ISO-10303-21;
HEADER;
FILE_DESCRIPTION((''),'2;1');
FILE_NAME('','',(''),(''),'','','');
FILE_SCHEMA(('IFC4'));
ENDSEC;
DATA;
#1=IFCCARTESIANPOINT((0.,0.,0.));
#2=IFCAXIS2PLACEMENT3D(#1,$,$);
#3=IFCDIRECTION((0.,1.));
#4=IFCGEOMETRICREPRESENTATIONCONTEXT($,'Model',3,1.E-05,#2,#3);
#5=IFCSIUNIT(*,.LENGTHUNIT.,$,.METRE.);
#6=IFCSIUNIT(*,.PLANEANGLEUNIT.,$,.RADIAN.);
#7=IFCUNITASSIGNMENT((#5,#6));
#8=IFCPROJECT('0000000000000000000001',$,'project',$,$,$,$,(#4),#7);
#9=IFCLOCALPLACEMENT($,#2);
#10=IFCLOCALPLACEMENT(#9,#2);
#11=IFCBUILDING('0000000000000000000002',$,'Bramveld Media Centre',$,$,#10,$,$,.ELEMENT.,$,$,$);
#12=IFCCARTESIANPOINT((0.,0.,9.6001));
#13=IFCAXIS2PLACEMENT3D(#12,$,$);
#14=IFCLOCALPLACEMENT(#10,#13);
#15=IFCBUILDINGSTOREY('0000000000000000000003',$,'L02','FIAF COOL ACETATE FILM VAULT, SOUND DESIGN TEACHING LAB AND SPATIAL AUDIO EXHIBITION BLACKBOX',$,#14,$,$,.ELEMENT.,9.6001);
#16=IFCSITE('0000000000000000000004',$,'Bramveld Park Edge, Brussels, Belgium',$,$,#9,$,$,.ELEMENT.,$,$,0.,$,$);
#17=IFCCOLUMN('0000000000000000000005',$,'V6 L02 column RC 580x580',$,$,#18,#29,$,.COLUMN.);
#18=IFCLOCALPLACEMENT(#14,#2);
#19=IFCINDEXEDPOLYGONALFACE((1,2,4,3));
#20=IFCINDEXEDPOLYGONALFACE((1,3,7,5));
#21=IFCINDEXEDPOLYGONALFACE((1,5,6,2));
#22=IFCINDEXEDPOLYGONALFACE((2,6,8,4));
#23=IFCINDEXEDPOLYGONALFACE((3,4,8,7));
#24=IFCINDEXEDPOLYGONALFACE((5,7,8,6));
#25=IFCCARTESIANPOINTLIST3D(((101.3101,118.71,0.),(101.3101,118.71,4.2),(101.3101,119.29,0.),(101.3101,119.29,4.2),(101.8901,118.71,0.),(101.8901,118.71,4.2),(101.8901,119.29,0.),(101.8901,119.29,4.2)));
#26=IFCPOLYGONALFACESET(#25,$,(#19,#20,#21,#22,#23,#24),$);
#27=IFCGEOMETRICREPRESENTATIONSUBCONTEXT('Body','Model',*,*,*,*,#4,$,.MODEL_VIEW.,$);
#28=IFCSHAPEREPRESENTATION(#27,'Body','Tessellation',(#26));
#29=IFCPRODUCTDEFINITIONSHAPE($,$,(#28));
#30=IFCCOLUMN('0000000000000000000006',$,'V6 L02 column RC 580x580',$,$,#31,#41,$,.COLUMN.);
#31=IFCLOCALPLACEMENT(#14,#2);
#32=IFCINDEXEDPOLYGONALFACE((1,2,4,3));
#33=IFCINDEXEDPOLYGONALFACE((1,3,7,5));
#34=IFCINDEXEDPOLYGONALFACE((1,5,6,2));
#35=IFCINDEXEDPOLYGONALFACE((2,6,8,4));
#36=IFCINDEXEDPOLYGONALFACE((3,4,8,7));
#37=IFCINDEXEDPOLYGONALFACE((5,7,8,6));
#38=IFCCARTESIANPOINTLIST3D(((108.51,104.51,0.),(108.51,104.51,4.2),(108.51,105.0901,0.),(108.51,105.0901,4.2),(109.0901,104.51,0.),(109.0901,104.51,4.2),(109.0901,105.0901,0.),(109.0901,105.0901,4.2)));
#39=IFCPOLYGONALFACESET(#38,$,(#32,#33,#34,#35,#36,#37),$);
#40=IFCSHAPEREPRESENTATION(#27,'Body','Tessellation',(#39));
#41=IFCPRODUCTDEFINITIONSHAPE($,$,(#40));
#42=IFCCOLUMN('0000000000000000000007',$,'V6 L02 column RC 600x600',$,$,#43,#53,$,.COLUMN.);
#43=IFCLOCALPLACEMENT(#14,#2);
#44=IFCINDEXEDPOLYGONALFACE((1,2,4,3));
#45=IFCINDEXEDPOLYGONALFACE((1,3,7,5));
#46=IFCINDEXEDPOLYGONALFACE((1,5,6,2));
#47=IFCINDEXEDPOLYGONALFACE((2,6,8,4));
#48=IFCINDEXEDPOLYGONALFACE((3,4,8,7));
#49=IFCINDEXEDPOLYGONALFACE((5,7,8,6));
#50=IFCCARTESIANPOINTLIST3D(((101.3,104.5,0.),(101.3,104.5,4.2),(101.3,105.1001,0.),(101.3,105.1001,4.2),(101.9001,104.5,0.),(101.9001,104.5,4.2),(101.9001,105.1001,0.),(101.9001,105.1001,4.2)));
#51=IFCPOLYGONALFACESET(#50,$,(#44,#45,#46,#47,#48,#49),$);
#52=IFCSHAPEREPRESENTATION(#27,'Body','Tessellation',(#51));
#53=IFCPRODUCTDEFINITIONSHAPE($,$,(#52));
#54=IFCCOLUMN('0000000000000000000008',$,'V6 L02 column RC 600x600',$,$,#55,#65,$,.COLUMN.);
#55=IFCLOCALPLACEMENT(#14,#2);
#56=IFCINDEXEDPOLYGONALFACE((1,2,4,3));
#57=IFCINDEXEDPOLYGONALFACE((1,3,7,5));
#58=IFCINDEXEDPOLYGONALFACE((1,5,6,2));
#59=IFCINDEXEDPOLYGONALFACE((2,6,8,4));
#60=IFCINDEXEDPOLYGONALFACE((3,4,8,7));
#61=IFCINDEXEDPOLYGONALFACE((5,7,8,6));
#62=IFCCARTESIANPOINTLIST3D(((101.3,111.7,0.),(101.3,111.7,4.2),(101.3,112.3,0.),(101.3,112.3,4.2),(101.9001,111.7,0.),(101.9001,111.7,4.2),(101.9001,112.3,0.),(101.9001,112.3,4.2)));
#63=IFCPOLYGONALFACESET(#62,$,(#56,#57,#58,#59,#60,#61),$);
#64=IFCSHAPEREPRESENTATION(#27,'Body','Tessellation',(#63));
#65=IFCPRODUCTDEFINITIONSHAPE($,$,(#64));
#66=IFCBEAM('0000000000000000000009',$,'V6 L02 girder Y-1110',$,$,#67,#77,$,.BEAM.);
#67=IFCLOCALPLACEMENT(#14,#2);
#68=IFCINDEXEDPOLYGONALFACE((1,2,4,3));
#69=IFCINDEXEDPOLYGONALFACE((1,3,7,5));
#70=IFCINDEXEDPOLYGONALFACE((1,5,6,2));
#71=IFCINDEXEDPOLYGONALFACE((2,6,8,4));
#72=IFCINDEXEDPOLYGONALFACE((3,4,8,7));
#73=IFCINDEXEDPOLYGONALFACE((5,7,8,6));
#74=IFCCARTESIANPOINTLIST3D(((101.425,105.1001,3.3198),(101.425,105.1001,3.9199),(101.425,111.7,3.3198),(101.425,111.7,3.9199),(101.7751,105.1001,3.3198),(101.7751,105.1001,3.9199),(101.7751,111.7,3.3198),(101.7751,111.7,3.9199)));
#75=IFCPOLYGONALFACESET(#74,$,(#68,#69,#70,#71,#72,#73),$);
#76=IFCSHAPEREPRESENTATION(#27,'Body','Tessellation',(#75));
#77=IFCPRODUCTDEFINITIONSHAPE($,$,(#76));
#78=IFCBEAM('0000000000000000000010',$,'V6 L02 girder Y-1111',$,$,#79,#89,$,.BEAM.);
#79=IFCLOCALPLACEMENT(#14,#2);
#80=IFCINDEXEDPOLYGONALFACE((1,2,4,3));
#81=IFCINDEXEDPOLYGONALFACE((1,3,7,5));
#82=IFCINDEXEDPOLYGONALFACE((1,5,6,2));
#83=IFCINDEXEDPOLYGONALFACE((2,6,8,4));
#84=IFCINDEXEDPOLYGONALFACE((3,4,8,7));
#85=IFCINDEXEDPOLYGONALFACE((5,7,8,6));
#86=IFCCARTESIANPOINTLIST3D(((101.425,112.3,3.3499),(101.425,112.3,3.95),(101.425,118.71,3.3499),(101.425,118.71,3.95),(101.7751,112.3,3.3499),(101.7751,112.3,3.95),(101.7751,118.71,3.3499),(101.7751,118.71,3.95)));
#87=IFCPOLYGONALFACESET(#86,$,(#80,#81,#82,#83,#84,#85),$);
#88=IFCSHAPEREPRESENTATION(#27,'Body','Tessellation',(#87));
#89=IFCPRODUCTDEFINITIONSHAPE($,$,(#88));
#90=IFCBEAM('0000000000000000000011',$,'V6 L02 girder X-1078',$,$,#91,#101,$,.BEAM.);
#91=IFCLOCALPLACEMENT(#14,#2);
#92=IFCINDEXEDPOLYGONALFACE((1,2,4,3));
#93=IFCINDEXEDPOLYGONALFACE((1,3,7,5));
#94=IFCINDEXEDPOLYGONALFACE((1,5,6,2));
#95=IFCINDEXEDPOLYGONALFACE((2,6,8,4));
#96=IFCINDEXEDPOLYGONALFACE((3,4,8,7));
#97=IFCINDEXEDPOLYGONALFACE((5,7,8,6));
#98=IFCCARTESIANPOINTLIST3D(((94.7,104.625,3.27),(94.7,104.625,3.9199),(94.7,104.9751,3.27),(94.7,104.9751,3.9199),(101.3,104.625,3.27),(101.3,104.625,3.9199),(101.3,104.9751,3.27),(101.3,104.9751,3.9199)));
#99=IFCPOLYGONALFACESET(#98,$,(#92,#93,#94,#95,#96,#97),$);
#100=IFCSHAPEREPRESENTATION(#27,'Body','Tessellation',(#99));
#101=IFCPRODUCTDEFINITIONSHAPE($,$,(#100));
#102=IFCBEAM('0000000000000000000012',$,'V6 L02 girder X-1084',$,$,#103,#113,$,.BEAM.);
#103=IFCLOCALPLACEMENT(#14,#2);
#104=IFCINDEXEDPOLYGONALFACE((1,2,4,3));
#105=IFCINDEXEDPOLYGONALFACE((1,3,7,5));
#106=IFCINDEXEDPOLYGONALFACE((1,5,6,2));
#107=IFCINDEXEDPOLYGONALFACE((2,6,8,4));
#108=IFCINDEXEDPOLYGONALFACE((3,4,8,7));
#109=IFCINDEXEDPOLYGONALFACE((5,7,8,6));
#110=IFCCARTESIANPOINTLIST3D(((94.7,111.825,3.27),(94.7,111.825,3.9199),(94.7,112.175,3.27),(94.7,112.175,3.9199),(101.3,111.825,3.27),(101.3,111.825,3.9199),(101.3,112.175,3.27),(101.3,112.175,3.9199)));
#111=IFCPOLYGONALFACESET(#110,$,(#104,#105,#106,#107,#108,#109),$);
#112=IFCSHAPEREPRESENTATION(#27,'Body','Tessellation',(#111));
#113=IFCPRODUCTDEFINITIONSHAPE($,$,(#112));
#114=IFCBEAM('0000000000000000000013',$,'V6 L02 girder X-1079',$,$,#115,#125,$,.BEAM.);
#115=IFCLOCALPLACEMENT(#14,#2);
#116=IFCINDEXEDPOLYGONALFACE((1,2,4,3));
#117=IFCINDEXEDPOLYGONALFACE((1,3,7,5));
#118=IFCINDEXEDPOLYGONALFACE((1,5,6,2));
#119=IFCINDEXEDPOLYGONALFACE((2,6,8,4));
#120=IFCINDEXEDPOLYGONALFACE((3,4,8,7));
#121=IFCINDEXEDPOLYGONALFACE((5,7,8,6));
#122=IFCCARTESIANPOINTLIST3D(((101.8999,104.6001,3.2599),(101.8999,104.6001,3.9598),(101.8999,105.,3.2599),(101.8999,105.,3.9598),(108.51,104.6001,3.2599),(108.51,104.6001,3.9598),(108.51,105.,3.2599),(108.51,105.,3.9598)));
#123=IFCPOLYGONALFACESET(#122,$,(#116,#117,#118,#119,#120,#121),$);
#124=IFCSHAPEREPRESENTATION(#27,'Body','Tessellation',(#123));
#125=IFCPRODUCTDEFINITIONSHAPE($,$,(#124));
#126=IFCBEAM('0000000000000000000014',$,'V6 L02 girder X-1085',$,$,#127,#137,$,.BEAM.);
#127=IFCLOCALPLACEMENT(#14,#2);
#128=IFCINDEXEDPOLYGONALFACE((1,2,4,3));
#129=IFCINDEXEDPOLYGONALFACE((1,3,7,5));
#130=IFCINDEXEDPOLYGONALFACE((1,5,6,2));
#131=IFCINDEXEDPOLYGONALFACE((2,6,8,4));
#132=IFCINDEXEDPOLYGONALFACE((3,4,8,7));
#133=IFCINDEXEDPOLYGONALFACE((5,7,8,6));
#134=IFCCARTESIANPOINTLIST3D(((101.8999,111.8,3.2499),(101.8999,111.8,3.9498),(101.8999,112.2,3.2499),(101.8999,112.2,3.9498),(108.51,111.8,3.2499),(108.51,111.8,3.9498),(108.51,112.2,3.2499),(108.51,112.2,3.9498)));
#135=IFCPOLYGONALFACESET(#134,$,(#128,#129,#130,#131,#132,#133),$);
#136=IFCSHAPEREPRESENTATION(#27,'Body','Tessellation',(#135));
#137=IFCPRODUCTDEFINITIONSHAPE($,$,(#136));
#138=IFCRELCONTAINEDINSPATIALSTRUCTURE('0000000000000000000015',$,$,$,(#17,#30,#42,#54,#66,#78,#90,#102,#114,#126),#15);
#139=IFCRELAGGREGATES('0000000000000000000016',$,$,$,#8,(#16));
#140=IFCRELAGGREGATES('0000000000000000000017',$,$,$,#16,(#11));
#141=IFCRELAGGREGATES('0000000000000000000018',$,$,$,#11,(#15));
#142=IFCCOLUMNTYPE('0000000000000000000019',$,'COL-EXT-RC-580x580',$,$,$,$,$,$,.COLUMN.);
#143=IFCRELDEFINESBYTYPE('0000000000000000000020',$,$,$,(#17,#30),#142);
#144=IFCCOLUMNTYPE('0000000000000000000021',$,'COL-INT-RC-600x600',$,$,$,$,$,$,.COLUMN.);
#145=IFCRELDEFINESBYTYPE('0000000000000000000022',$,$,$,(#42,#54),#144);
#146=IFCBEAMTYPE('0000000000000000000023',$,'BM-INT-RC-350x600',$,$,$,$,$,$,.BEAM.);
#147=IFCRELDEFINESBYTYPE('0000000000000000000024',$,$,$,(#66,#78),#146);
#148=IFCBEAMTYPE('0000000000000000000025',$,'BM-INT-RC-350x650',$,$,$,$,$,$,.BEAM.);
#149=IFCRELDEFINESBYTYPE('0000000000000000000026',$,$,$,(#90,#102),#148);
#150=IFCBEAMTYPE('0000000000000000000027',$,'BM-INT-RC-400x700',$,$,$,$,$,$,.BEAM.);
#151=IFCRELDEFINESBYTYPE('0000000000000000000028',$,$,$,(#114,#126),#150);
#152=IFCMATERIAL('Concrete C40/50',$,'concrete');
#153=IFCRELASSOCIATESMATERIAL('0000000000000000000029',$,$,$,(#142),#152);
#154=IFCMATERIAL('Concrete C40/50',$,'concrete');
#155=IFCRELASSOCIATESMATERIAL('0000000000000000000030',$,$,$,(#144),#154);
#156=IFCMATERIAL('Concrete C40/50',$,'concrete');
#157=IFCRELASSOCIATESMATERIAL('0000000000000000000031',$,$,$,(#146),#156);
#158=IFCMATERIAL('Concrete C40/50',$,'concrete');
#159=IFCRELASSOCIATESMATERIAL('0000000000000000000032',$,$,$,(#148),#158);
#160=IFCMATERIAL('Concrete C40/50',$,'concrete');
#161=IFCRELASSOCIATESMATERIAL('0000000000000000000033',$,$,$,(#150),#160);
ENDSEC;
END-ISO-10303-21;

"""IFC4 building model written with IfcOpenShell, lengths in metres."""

from ifc_helpers import new_model, si_unit, direction, frame, origin, origin_2d, place, context, subcontext, project, spatial, rectangle, extrude, material, material_profile, profile_set, type_object, element, save


model = new_model("IFC4")

# Units and contexts
model_context = context("Model", 3, precision=1e-05, world=origin(), true_north=direction((0.0, 1.0)))
body_context = subcontext(model_context, "Body", "Model", "MODEL_VIEW")
ifc_project = project(units=[si_unit("LENGTHUNIT", "METRE"), si_unit("PLANEANGLEUNIT", "RADIAN")], contexts=[model_context])

# Site, building, storey
site_placement = place(None, origin())
site = spatial("IfcSite", under=ifc_project, at=site_placement, Name="Bramveld Park Edge, Brussels, Belgium", CompositionType="ELEMENT", RefElevation=0.0)
building_placement = place(site_placement, origin())
building = spatial("IfcBuilding", under=site, at=building_placement, Name="Bramveld Media Centre", CompositionType="ELEMENT")
storey_placement = place(building_placement, frame((0.0, 0.0, 9.6001)))
storey = spatial("IfcBuildingStorey", under=building, at=storey_placement, Name="L02", Description="FIAF COOL ACETATE FILM VAULT, SOUND DESIGN TEACHING LAB AND SPATIAL AUDIO EXHIBITION BLACKBOX", CompositionType="ELEMENT", Elevation=9.6001)

# Columns
ifc_material_1 = material(Name="Concrete C40/50", Category="concrete")
ifc_material_profile_1 = material_profile(ifc_material_1, rectangle(XDim=0.5801, YDim=0.5801, at=origin_2d()), Name="RC 580x580")
ifc_profile_set_1 = profile_set([ifc_material_profile_1], Name="Concrete C40/50")
column_type_1 = type_object("IfcColumnType", Name="COL-EXT-RC-580x580", PredefinedType="COLUMN", material=ifc_profile_set_1)
for number, where, z_axis, x_axis, name in (
    (1, (101.6001, 119.0, 0.0), (0.0, 0.0, 1.0), (1.0, 0.0, 0.0), "V6 L02 column RC 580x580"),
    (2, (108.8, 104.8, 0.0), (0.0, 0.0, 1.0), (1.0, 0.0, 0.0), "V6 L02 column RC 580x580"),
):
    element("IfcColumn", number, at=place(storey_placement, frame(where, z_axis=z_axis, x_axis=x_axis)), inside=storey, type_object=column_type_1, Name=name, PredefinedType="COLUMN", context=body_context, shape_type="SweptSolid", body=[
        extrude(rectangle(XDim=0.5801, YDim=0.5801, at=origin_2d()), origin(), (0.0, 0.0, 1.0), 4.2),
    ])
ifc_material_2 = material(Name="Concrete C40/50", Category="concrete")
ifc_material_profile_2 = material_profile(ifc_material_2, rectangle(XDim=0.6001, YDim=0.6001, at=origin_2d()), Name="RC 600x600")
ifc_profile_set_2 = profile_set([ifc_material_profile_2], Name="Concrete C40/50")
column_type_2 = type_object("IfcColumnType", Name="COL-INT-RC-600x600", PredefinedType="COLUMN", material=ifc_profile_set_2)
for number, where, z_axis, x_axis, name in (
    (3, (101.6001, 104.8, 0.0), (0.0, 0.0, 1.0), (1.0, 0.0, 0.0), "V6 L02 column RC 600x600"),
    (4, (101.6001, 112.0, 0.0), (0.0, 0.0, 1.0), (1.0, 0.0, 0.0), "V6 L02 column RC 600x600"),
):
    element("IfcColumn", number, at=place(storey_placement, frame(where, z_axis=z_axis, x_axis=x_axis)), inside=storey, type_object=column_type_2, Name=name, PredefinedType="COLUMN", context=body_context, shape_type="SweptSolid", body=[
        extrude(rectangle(XDim=0.6001, YDim=0.6001, at=origin_2d()), origin(), (0.0, 0.0, 1.0), 4.2),
    ])

# Beams
ifc_material_3 = material(Name="Concrete C40/50", Category="concrete")
ifc_material_profile_3 = material_profile(ifc_material_3, rectangle(XDim=0.3501, YDim=0.6001, at=origin_2d()), Name="RC 350x600")
ifc_profile_set_3 = profile_set([ifc_material_profile_3], Name="Concrete C40/50")
beam_type_1 = type_object("IfcBeamType", Name="BM-INT-RC-350x600", PredefinedType="BEAM", material=ifc_profile_set_3)
beam_1_placement = place(storey_placement, frame((101.6001, 105.1001, 3.6199), z_axis=(0.0, 1.0, 0.0), x_axis=(-1.0, 0.0, 0.0)))
element("IfcBeam", 5, at=beam_1_placement, inside=storey, type_object=beam_type_1, Name="V6 L02 girder Y-1110", PredefinedType="BEAM", context=body_context, shape_type="SweptSolid", body=[
    extrude(rectangle(XDim=0.3501, YDim=0.6001, at=origin_2d()), origin(), (0.0, 0.0, 1.0), 6.5999),
])
beam_2_placement = place(storey_placement, frame((101.6001, 112.3, 3.6499), z_axis=(0.0, 1.0, 0.0), x_axis=(-1.0, 0.0, 0.0)))
element("IfcBeam", 6, at=beam_2_placement, inside=storey, type_object=beam_type_1, Name="V6 L02 girder Y-1111", PredefinedType="BEAM", context=body_context, shape_type="SweptSolid", body=[
    extrude(rectangle(XDim=0.3501, YDim=0.6001, at=origin_2d()), origin(), (0.0, 0.0, 1.0), 6.4099),
])
ifc_material_4 = material(Name="Concrete C40/50", Category="concrete")
ifc_material_profile_4 = material_profile(ifc_material_4, rectangle(XDim=0.3501, YDim=0.6499, at=origin_2d()), Name="RC 350x650")
ifc_profile_set_4 = profile_set([ifc_material_profile_4], Name="Concrete C40/50")
beam_type_2 = type_object("IfcBeamType", Name="BM-INT-RC-350x650", PredefinedType="BEAM", material=ifc_profile_set_4)
for number, where, z_axis, x_axis, name in (
    (7, (94.7, 104.8, 3.595), (1.0, 0.0, 0.0), (0.0, 1.0, 0.0), "V6 L02 girder X-1078"),
    (8, (94.7, 112.0, 3.595), (1.0, 0.0, 0.0), (0.0, 1.0, 0.0), "V6 L02 girder X-1084"),
):
    element("IfcBeam", number, at=place(storey_placement, frame(where, z_axis=z_axis, x_axis=x_axis)), inside=storey, type_object=beam_type_2, Name=name, PredefinedType="BEAM", context=body_context, shape_type="SweptSolid", body=[
        extrude(rectangle(XDim=0.3501, YDim=0.6499, at=origin_2d()), origin(), (0.0, 0.0, 1.0), 6.6001),
    ])
ifc_material_5 = material(Name="Concrete C40/50", Category="concrete")
ifc_material_profile_5 = material_profile(ifc_material_5, rectangle(XDim=0.3999, YDim=0.7, at=origin_2d()), Name="RC 400x700")
ifc_profile_set_5 = profile_set([ifc_material_profile_5], Name="Concrete C40/50")
beam_type_3 = type_object("IfcBeamType", Name="BM-INT-RC-400x700", PredefinedType="BEAM", material=ifc_profile_set_5)
for number, where, z_axis, x_axis, name in (
    (9, (101.8999, 104.8, 3.6099), (1.0, 0.0, 0.0), (0.0, 1.0, 0.0), "V6 L02 girder X-1079"),
    (10, (101.8999, 112.0, 3.5999), (1.0, 0.0, 0.0), (0.0, 1.0, 0.0), "V6 L02 girder X-1085"),
):
    element("IfcBeam", number, at=place(storey_placement, frame(where, z_axis=z_axis, x_axis=x_axis)), inside=storey, type_object=beam_type_3, Name=name, PredefinedType="BEAM", context=body_context, shape_type="SweptSolid", body=[
        extrude(rectangle(XDim=0.3999, YDim=0.7, at=origin_2d()), origin(), (0.0, 0.0, 1.0), 6.6101),
    ])

save(model, "model.ifc")
